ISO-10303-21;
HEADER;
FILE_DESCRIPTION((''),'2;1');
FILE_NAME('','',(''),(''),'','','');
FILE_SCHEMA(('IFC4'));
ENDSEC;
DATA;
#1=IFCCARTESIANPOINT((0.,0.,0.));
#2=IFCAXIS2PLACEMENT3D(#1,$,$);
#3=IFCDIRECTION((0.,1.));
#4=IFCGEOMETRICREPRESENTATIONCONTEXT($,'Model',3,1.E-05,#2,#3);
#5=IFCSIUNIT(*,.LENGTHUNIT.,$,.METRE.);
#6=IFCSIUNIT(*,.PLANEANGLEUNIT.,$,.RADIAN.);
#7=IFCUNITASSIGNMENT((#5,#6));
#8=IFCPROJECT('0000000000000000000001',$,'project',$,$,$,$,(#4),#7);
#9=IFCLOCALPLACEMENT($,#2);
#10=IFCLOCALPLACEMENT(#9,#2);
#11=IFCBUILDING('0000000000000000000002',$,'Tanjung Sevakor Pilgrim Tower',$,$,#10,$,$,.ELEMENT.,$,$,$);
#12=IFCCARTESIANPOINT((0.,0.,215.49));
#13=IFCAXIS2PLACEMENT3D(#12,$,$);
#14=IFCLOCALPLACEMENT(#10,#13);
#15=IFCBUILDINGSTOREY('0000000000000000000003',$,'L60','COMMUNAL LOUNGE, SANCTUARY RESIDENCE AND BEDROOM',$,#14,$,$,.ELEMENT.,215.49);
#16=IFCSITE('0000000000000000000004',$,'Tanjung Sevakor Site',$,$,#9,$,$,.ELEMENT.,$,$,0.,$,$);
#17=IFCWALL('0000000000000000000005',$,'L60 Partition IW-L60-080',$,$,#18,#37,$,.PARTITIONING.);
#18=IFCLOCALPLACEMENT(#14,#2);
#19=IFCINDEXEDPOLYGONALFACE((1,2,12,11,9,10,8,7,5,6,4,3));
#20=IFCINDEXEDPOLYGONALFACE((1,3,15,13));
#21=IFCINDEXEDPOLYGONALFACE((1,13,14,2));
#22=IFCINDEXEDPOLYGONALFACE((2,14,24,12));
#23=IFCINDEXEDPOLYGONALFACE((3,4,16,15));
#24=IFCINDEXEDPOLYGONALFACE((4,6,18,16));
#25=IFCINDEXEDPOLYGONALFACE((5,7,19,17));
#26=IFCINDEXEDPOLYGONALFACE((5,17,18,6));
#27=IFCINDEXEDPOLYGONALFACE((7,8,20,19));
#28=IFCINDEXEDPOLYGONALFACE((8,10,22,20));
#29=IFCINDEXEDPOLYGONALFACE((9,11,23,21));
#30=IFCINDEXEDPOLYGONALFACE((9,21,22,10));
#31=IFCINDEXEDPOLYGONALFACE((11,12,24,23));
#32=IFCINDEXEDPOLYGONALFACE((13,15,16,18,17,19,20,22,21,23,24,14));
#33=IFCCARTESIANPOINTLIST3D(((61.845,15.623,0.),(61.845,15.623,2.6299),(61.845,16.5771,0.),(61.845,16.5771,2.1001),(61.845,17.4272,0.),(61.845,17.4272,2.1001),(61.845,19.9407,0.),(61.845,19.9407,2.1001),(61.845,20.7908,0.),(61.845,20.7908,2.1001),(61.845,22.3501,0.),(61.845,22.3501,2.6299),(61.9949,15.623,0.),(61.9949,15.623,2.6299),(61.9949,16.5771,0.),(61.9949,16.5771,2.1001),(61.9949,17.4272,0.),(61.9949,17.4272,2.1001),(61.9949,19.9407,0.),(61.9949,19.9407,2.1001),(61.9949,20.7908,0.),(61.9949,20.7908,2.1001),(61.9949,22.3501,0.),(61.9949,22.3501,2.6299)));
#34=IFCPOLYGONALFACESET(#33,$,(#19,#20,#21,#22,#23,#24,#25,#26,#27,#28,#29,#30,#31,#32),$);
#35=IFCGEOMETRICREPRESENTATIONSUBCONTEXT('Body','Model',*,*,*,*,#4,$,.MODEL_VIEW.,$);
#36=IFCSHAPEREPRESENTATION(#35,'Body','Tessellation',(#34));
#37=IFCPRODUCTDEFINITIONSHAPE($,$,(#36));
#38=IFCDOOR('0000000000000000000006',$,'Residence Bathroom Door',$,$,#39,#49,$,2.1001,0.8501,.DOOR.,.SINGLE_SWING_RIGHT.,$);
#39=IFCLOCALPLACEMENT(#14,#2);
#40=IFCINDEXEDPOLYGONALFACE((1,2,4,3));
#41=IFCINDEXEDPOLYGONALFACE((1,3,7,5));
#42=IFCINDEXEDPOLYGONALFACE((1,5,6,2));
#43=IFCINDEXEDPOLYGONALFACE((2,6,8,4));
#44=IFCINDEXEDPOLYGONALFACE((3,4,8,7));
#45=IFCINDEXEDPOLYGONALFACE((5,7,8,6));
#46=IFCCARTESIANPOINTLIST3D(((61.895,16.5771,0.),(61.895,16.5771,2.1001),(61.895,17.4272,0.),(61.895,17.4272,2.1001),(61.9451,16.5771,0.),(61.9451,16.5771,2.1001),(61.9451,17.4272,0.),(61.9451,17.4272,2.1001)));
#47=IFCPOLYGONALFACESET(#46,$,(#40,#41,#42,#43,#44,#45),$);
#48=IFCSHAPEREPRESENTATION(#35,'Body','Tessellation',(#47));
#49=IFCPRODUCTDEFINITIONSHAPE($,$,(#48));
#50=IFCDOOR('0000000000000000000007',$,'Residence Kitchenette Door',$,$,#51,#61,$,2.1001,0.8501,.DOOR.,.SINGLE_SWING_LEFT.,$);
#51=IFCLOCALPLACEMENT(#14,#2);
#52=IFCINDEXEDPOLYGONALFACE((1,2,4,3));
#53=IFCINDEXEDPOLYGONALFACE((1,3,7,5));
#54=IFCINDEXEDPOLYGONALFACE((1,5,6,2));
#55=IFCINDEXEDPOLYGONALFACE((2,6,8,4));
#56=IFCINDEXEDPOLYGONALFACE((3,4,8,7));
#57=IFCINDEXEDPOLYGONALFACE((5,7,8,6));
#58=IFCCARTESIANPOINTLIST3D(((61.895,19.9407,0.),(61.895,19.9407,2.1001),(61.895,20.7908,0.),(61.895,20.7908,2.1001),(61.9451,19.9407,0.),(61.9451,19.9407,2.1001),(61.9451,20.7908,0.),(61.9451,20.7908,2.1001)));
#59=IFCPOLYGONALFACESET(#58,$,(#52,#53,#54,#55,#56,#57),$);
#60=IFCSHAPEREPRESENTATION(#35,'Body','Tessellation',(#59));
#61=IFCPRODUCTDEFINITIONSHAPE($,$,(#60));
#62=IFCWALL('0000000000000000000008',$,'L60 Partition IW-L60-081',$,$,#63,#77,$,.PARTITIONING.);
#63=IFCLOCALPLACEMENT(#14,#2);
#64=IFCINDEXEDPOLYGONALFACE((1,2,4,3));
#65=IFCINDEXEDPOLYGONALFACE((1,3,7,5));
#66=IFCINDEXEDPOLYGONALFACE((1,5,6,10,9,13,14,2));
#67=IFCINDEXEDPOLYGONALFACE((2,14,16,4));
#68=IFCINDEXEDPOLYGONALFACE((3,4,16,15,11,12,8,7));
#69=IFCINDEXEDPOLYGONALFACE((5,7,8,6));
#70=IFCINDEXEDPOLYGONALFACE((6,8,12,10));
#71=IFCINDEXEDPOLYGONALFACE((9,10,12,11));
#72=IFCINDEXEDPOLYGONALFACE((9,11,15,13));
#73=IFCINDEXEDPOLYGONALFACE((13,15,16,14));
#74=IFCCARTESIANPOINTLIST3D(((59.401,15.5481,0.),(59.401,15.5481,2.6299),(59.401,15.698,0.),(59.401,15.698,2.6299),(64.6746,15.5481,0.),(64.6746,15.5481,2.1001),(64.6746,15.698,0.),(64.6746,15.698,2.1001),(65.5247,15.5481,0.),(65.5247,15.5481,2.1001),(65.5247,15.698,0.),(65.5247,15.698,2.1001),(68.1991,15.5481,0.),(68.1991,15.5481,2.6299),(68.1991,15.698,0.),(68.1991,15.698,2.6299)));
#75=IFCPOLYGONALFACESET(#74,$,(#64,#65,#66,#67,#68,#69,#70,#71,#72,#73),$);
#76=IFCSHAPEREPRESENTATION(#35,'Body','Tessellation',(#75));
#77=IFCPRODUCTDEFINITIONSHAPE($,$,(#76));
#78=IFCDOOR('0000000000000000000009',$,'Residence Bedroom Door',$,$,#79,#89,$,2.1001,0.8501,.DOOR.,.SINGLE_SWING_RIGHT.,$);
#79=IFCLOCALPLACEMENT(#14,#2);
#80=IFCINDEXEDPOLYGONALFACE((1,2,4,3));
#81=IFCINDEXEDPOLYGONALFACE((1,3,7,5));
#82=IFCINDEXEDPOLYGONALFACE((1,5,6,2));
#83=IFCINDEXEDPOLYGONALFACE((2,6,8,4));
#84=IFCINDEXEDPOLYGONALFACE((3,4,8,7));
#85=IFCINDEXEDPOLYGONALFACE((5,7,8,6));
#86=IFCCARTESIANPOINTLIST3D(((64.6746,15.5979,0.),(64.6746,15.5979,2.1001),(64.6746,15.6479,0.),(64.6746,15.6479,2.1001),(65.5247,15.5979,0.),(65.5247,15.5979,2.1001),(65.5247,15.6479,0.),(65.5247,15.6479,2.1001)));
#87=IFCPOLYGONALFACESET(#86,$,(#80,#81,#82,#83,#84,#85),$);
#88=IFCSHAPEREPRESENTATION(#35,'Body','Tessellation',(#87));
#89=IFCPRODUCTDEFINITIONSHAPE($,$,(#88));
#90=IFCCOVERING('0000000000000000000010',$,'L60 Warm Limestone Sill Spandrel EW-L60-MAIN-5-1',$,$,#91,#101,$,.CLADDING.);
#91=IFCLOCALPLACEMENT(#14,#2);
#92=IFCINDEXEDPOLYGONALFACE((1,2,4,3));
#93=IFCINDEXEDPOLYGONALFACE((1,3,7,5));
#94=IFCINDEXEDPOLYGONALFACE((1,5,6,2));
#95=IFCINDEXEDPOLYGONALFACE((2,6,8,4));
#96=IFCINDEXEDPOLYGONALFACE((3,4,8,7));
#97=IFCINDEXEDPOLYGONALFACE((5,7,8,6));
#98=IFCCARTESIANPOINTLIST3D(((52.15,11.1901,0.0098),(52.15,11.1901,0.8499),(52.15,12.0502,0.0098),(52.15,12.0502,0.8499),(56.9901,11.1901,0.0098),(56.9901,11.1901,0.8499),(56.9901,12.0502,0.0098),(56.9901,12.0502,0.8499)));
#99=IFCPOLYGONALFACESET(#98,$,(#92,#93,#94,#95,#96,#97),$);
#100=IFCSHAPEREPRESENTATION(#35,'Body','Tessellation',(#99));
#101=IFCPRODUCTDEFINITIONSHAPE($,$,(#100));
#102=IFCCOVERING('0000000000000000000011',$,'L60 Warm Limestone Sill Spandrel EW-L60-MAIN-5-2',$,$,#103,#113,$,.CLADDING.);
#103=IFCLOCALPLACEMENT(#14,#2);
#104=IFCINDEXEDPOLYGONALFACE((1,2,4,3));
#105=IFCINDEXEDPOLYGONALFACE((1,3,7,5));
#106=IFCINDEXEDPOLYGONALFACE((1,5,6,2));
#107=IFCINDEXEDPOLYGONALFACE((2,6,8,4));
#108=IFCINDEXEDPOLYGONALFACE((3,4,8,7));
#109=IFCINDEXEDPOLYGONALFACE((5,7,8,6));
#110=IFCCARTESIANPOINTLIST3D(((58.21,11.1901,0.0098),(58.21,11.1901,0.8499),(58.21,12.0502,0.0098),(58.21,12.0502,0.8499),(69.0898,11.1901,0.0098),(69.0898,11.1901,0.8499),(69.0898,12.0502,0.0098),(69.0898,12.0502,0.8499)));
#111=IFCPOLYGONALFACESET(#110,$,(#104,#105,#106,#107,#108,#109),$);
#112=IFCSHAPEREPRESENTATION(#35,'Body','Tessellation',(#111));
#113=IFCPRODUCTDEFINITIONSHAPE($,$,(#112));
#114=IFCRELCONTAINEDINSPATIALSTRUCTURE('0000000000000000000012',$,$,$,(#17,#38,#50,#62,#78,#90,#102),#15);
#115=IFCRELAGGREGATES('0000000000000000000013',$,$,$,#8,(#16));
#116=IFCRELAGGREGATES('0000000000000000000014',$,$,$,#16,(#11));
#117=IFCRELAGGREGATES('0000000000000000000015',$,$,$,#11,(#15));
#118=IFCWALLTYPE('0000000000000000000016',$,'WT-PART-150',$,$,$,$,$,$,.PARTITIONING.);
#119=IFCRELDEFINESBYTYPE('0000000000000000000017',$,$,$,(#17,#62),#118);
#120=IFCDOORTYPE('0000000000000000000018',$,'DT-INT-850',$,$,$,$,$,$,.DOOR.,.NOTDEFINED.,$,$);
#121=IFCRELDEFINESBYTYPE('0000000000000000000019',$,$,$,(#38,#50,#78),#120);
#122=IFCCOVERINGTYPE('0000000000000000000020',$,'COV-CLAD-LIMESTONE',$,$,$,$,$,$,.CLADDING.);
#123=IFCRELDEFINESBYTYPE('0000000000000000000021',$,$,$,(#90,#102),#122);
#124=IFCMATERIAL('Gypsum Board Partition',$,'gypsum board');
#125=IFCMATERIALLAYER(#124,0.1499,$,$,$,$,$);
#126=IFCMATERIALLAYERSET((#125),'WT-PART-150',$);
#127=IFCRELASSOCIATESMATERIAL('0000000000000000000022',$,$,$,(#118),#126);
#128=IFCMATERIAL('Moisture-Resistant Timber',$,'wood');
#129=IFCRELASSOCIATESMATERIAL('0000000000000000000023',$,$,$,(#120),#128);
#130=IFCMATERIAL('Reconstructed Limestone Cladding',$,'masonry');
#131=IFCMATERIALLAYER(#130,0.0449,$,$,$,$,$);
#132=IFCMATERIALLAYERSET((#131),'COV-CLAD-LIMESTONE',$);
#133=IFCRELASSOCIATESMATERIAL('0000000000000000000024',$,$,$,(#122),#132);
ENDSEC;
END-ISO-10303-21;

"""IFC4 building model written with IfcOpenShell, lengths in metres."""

from ifc_helpers import new_model, si_unit, direction, frame, frame_2d, origin, origin_2d, place, context, subcontext, project, spatial, rectangle, extrude, material, layer, layer_set, type_object, element, fill, save


model = new_model("IFC4")

# Units and contexts
model_context = context("Model", 3, precision=1e-05, world=origin(), true_north=direction((0.0, 1.0)))
body_context = subcontext(model_context, "Body", "Model", "MODEL_VIEW")
ifc_project = project(units=[si_unit("LENGTHUNIT", "METRE"), si_unit("PLANEANGLEUNIT", "RADIAN")], contexts=[model_context])

# Site, building, storey
site_placement = place(None, origin())
site = spatial("IfcSite", under=ifc_project, at=site_placement, Name="Tanjung Sevakor Site", CompositionType="ELEMENT", RefElevation=0.0)
building_placement = place(site_placement, origin())
building = spatial("IfcBuilding", under=site, at=building_placement, Name="Tanjung Sevakor Pilgrim Tower", CompositionType="ELEMENT")
storey_placement = place(building_placement, frame((0.0, 0.0, 215.49)))
storey = spatial("IfcBuildingStorey", under=building, at=storey_placement, Name="L60", Description="COMMUNAL LOUNGE, SANCTUARY RESIDENCE AND BEDROOM", CompositionType="ELEMENT", Elevation=215.49)

# Shared definitions
ifc_material_1 = material(Name="Gypsum Board Partition", Category="gypsum board")
ifc_layer_1 = layer(ifc_material_1, 0.1499)
ifc_layer_set_1 = layer_set([ifc_layer_1], Name="WT-PART-150")
wall_type_1 = type_object("IfcWallType", Name="WT-PART-150", PredefinedType="PARTITIONING", material=ifc_layer_set_1)

# Wall, openings, doors
wall_1_placement = place(storey_placement, frame((61.9199, 15.623, 0.0), z_axis=(0.0, 0.0, 1.0), x_axis=(0.0, 1.0, 0.0)))
wall_1 = element("IfcWall", 1, at=wall_1_placement, inside=storey, type_object=wall_type_1, Name="L60 Partition IW-L60-080", PredefinedType="PARTITIONING", context=body_context, shape_type="SweptSolid", body=[
    extrude(rectangle(XDim=6.7271, YDim=0.1499, at=frame_2d((3.3635, 0.0))), origin(), (0.0, 0.0, 1.0), 2.6299),
])
opening_1_placement = place(wall_1_placement, frame((0.9541, 0.0, 0.0)))
opening_1 = element("IfcOpeningElement", 2, at=opening_1_placement, cuts=wall_1, PredefinedType="OPENING", context=body_context, shape_type="SweptSolid", body=[
    extrude(rectangle(XDim=0.8501, YDim=2.1001, at=frame_2d((0.425, 1.05))), frame((0.0, 0.085, 0.0), z_axis=(0.0, -1.0, 0.0), x_axis=(1.0, 0.0, 0.0)), (0.0, 0.0, 1.0), 0.1699),
])
opening_2_placement = place(wall_1_placement, frame((4.3176, 0.0, 0.0)))
opening_2 = element("IfcOpeningElement", 3, at=opening_2_placement, cuts=wall_1, PredefinedType="OPENING", context=body_context, shape_type="SweptSolid", body=[
    extrude(rectangle(XDim=0.8501, YDim=2.1001, at=frame_2d((0.425, 1.05))), frame((0.0, 0.085, 0.0), z_axis=(0.0, -1.0, 0.0), x_axis=(1.0, 0.0, 0.0)), (0.0, 0.0, 1.0), 0.1699),
])
ifc_material_2 = material(Name="Moisture-Resistant Timber", Category="wood")
door_type_1 = type_object("IfcDoorType", Name="DT-INT-850", OperationType="NOTDEFINED", PredefinedType="DOOR", material=ifc_material_2)
door_1_placement = place(opening_1_placement, origin())
door_1 = element("IfcDoor", 4, at=door_1_placement, inside=storey, type_object=door_type_1, Name="Residence Bathroom Door", OperationType="SINGLE_SWING_RIGHT", OverallHeight=2.1001, OverallWidth=0.8501, PredefinedType="DOOR", context=body_context, shape_type="SweptSolid", body=[
    extrude(rectangle(XDim=0.8501, YDim=2.1001, at=frame_2d((0.425, 1.05))), frame((0.0, 0.0249, 0.0), z_axis=(0.0, -1.0, 0.0), x_axis=(1.0, 0.0, 0.0)), (0.0, 0.0, 1.0), 0.05),
])
fill(opening_1, door_1)
door_2_placement = place(opening_2_placement, origin())
door_2 = element("IfcDoor", 5, at=door_2_placement, inside=storey, type_object=door_type_1, Name="Residence Kitchenette Door", OperationType="SINGLE_SWING_LEFT", OverallHeight=2.1001, OverallWidth=0.8501, PredefinedType="DOOR", context=body_context, shape_type="SweptSolid", body=[
    extrude(rectangle(XDim=0.8501, YDim=2.1001, at=frame_2d((0.425, 1.05))), frame((0.0, 0.0249, 0.0), z_axis=(0.0, -1.0, 0.0), x_axis=(1.0, 0.0, 0.0)), (0.0, 0.0, 1.0), 0.05),
])
fill(opening_2, door_2)

# Wall, opening, door
wall_2_placement = place(storey_placement, frame((59.4011, 15.623, 0.0), z_axis=(0.0, 0.0, 1.0), x_axis=(1.0, 0.0, 0.0)))
wall_2 = element("IfcWall", 6, at=wall_2_placement, inside=storey, type_object=wall_type_1, Name="L60 Partition IW-L60-081", PredefinedType="PARTITIONING", context=body_context, shape_type="SweptSolid", body=[
    extrude(rectangle(XDim=8.7981, YDim=0.1499, at=frame_2d((4.3989, 0.0))), origin(), (0.0, 0.0, 1.0), 2.6299),
])
opening_3_placement = place(wall_2_placement, frame((5.2734, 0.0, 0.0)))
opening_3 = element("IfcOpeningElement", 7, at=opening_3_placement, cuts=wall_2, PredefinedType="OPENING", context=body_context, shape_type="SweptSolid", body=[
    extrude(rectangle(XDim=0.8501, YDim=2.1001, at=frame_2d((0.425, 1.05))), frame((0.0, 0.085, 0.0), z_axis=(0.0, -1.0, 0.0), x_axis=(1.0, 0.0, 0.0)), (0.0, 0.0, 1.0), 0.1699),
])
door_3_placement = place(opening_3_placement, origin())
door_3 = element("IfcDoor", 8, at=door_3_placement, inside=storey, type_object=door_type_1, Name="Residence Bedroom Door", OperationType="SINGLE_SWING_RIGHT", OverallHeight=2.1001, OverallWidth=0.8501, PredefinedType="DOOR", context=body_context, shape_type="SweptSolid", body=[
    extrude(rectangle(XDim=0.8501, YDim=2.1001, at=frame_2d((0.425, 1.05))), frame((0.0, 0.0249, 0.0), z_axis=(0.0, -1.0, 0.0), x_axis=(1.0, 0.0, 0.0)), (0.0, 0.0, 1.0), 0.05),
])
fill(opening_3, door_3)

# Coverings
ifc_material_3 = material(Name="Reconstructed Limestone Cladding", Category="masonry")
ifc_layer_2 = layer(ifc_material_3, 0.0449)
ifc_layer_set_2 = layer_set([ifc_layer_2], Name="COV-CLAD-LIMESTONE")
covering_type = type_object("IfcCoveringType", Name="COV-CLAD-LIMESTONE", PredefinedType="CLADDING", material=ifc_layer_set_2)
covering_1_placement = place(storey_placement, frame((54.5701, 11.6201, 0.0098), z_axis=(0.0, 0.0, 1.0), x_axis=(1.0, 0.0, 0.0)))
element("IfcCovering", 9, at=covering_1_placement, inside=storey, type_object=covering_type, Name="L60 Warm Limestone Sill Spandrel EW-L60-MAIN-5-1", PredefinedType="CLADDING", context=body_context, shape_type="SweptSolid", body=[
    extrude(rectangle(XDim=4.8401, YDim=0.8601, at=origin_2d()), origin(), (0.0, 0.0, 1.0), 0.8401),
])
covering_2_placement = place(storey_placement, frame((63.6499, 11.6201, 0.0098), z_axis=(0.0, 0.0, 1.0), x_axis=(1.0, 0.0, 0.0)))
element("IfcCovering", 10, at=covering_2_placement, inside=storey, type_object=covering_type, Name="L60 Warm Limestone Sill Spandrel EW-L60-MAIN-5-2", PredefinedType="CLADDING", context=body_context, shape_type="SweptSolid", body=[
    extrude(rectangle(XDim=10.8799, YDim=0.8601, at=origin_2d()), origin(), (0.0, 0.0, 1.0), 0.8401),
])

save(model, "model.ifc")
